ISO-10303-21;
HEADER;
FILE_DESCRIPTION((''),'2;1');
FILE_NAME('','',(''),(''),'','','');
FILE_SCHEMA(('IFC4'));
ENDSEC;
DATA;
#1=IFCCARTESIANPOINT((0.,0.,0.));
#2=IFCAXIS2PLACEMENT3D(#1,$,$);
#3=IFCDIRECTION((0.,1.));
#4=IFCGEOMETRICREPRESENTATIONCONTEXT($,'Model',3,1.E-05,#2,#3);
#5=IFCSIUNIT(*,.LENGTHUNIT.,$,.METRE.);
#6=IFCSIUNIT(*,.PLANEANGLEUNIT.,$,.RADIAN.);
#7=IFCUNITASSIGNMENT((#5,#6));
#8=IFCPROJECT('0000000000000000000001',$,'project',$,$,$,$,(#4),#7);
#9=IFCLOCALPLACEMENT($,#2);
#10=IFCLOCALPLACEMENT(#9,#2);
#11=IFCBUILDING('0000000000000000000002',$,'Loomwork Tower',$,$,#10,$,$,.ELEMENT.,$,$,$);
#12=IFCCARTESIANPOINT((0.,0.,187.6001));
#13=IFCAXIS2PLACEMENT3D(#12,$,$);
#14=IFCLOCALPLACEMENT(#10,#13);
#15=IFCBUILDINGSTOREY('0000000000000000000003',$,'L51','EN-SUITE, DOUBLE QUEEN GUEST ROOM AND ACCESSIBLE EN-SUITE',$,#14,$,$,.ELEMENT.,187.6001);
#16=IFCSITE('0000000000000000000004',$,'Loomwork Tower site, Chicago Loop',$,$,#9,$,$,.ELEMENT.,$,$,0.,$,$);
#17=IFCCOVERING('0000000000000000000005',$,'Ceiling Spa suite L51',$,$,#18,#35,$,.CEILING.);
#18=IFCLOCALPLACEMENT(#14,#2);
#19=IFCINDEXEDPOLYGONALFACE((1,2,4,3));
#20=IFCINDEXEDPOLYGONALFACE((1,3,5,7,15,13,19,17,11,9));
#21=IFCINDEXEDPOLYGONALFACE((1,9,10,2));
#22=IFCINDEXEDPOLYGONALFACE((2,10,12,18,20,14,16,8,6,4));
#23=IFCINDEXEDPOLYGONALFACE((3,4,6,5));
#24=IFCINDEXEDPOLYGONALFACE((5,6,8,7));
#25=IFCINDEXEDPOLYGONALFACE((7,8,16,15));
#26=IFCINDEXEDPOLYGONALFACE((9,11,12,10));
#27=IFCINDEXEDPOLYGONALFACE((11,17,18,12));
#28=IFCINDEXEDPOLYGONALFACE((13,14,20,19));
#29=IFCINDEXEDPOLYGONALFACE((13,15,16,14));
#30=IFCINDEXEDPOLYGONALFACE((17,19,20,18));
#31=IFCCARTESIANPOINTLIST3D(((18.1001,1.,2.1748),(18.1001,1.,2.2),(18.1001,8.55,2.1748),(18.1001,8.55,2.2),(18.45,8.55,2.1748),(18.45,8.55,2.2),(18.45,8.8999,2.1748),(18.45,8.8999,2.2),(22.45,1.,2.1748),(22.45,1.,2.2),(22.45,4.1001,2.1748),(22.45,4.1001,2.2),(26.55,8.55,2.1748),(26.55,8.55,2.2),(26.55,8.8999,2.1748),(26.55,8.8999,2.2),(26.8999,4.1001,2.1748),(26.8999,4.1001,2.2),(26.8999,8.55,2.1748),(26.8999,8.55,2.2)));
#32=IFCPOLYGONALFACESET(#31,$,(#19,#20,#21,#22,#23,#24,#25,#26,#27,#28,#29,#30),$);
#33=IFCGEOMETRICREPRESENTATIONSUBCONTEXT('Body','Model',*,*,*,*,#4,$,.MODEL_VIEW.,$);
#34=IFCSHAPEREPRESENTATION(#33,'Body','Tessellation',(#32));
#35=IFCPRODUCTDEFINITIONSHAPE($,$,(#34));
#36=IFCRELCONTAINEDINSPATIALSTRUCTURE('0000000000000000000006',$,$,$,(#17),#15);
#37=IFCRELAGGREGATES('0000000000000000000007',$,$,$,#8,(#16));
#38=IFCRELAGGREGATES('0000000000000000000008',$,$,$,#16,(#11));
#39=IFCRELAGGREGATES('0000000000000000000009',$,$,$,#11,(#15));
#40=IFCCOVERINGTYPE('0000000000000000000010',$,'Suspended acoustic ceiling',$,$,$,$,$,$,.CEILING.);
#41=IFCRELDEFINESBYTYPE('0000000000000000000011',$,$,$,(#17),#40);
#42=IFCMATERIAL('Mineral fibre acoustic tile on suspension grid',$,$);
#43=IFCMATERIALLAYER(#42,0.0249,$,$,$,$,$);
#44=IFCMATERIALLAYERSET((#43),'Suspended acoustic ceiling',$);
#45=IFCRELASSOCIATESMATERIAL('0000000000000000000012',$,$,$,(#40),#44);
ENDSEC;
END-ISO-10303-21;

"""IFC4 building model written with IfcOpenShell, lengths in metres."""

from ifc_helpers import new_model, si_unit, direction, frame, origin, place, context, subcontext, project, spatial, polyline, outline, extrude, material, layer, layer_set, type_object, element, save


model = new_model("IFC4")

# Units and contexts
model_context = context("Model", 3, precision=1e-05, world=origin(), true_north=direction((0.0, 1.0)))
body_context = subcontext(model_context, "Body", "Model", "MODEL_VIEW")
ifc_project = project(units=[si_unit("LENGTHUNIT", "METRE"), si_unit("PLANEANGLEUNIT", "RADIAN")], contexts=[model_context])

# Site, building, storey
site_placement = place(None, origin())
site = spatial("IfcSite", under=ifc_project, at=site_placement, Name="Loomwork Tower site, Chicago Loop", CompositionType="ELEMENT", RefElevation=0.0)
building_placement = place(site_placement, origin())
building = spatial("IfcBuilding", under=site, at=building_placement, Name="Loomwork Tower", CompositionType="ELEMENT")
storey_placement = place(building_placement, frame((0.0, 0.0, 187.6001)))
storey = spatial("IfcBuildingStorey", under=building, at=storey_placement, Name="L51", Description="EN-SUITE, DOUBLE QUEEN GUEST ROOM AND ACCESSIBLE EN-SUITE", CompositionType="ELEMENT", Elevation=187.6001)

# Covering
ifc_material_1 = material(Name="Mineral fibre acoustic tile on suspension grid")
ifc_layer_1 = layer(ifc_material_1, 0.0249)
ifc_layer_set_1 = layer_set([ifc_layer_1], Name="Suspended acoustic ceiling")
covering_type_1 = type_object("IfcCoveringType", Name="Suspended acoustic ceiling", PredefinedType="CEILING", material=ifc_layer_set_1)
covering_1_placement = place(storey_placement, frame((0.0, 0.0, 2.1748)))
element("IfcCovering", 1, at=covering_1_placement, inside=storey, type_object=covering_type_1, Name="Ceiling Spa suite L51", PredefinedType="CEILING", context=body_context, shape_type="SweptSolid", body=[
    extrude(outline(polyline([(26.55, 8.8999), (26.55, 8.55), (26.8999, 8.55), (26.8999, 4.1001), (22.45, 4.1001), (22.45, 1.0), (18.1001, 1.0), (18.1001, 8.55), (18.45, 8.55), (18.45, 8.8999), (26.55, 8.8999)])), origin(), (0.0, 0.0, 1.0), 0.0251),
])

save(model, "model.ifc")
